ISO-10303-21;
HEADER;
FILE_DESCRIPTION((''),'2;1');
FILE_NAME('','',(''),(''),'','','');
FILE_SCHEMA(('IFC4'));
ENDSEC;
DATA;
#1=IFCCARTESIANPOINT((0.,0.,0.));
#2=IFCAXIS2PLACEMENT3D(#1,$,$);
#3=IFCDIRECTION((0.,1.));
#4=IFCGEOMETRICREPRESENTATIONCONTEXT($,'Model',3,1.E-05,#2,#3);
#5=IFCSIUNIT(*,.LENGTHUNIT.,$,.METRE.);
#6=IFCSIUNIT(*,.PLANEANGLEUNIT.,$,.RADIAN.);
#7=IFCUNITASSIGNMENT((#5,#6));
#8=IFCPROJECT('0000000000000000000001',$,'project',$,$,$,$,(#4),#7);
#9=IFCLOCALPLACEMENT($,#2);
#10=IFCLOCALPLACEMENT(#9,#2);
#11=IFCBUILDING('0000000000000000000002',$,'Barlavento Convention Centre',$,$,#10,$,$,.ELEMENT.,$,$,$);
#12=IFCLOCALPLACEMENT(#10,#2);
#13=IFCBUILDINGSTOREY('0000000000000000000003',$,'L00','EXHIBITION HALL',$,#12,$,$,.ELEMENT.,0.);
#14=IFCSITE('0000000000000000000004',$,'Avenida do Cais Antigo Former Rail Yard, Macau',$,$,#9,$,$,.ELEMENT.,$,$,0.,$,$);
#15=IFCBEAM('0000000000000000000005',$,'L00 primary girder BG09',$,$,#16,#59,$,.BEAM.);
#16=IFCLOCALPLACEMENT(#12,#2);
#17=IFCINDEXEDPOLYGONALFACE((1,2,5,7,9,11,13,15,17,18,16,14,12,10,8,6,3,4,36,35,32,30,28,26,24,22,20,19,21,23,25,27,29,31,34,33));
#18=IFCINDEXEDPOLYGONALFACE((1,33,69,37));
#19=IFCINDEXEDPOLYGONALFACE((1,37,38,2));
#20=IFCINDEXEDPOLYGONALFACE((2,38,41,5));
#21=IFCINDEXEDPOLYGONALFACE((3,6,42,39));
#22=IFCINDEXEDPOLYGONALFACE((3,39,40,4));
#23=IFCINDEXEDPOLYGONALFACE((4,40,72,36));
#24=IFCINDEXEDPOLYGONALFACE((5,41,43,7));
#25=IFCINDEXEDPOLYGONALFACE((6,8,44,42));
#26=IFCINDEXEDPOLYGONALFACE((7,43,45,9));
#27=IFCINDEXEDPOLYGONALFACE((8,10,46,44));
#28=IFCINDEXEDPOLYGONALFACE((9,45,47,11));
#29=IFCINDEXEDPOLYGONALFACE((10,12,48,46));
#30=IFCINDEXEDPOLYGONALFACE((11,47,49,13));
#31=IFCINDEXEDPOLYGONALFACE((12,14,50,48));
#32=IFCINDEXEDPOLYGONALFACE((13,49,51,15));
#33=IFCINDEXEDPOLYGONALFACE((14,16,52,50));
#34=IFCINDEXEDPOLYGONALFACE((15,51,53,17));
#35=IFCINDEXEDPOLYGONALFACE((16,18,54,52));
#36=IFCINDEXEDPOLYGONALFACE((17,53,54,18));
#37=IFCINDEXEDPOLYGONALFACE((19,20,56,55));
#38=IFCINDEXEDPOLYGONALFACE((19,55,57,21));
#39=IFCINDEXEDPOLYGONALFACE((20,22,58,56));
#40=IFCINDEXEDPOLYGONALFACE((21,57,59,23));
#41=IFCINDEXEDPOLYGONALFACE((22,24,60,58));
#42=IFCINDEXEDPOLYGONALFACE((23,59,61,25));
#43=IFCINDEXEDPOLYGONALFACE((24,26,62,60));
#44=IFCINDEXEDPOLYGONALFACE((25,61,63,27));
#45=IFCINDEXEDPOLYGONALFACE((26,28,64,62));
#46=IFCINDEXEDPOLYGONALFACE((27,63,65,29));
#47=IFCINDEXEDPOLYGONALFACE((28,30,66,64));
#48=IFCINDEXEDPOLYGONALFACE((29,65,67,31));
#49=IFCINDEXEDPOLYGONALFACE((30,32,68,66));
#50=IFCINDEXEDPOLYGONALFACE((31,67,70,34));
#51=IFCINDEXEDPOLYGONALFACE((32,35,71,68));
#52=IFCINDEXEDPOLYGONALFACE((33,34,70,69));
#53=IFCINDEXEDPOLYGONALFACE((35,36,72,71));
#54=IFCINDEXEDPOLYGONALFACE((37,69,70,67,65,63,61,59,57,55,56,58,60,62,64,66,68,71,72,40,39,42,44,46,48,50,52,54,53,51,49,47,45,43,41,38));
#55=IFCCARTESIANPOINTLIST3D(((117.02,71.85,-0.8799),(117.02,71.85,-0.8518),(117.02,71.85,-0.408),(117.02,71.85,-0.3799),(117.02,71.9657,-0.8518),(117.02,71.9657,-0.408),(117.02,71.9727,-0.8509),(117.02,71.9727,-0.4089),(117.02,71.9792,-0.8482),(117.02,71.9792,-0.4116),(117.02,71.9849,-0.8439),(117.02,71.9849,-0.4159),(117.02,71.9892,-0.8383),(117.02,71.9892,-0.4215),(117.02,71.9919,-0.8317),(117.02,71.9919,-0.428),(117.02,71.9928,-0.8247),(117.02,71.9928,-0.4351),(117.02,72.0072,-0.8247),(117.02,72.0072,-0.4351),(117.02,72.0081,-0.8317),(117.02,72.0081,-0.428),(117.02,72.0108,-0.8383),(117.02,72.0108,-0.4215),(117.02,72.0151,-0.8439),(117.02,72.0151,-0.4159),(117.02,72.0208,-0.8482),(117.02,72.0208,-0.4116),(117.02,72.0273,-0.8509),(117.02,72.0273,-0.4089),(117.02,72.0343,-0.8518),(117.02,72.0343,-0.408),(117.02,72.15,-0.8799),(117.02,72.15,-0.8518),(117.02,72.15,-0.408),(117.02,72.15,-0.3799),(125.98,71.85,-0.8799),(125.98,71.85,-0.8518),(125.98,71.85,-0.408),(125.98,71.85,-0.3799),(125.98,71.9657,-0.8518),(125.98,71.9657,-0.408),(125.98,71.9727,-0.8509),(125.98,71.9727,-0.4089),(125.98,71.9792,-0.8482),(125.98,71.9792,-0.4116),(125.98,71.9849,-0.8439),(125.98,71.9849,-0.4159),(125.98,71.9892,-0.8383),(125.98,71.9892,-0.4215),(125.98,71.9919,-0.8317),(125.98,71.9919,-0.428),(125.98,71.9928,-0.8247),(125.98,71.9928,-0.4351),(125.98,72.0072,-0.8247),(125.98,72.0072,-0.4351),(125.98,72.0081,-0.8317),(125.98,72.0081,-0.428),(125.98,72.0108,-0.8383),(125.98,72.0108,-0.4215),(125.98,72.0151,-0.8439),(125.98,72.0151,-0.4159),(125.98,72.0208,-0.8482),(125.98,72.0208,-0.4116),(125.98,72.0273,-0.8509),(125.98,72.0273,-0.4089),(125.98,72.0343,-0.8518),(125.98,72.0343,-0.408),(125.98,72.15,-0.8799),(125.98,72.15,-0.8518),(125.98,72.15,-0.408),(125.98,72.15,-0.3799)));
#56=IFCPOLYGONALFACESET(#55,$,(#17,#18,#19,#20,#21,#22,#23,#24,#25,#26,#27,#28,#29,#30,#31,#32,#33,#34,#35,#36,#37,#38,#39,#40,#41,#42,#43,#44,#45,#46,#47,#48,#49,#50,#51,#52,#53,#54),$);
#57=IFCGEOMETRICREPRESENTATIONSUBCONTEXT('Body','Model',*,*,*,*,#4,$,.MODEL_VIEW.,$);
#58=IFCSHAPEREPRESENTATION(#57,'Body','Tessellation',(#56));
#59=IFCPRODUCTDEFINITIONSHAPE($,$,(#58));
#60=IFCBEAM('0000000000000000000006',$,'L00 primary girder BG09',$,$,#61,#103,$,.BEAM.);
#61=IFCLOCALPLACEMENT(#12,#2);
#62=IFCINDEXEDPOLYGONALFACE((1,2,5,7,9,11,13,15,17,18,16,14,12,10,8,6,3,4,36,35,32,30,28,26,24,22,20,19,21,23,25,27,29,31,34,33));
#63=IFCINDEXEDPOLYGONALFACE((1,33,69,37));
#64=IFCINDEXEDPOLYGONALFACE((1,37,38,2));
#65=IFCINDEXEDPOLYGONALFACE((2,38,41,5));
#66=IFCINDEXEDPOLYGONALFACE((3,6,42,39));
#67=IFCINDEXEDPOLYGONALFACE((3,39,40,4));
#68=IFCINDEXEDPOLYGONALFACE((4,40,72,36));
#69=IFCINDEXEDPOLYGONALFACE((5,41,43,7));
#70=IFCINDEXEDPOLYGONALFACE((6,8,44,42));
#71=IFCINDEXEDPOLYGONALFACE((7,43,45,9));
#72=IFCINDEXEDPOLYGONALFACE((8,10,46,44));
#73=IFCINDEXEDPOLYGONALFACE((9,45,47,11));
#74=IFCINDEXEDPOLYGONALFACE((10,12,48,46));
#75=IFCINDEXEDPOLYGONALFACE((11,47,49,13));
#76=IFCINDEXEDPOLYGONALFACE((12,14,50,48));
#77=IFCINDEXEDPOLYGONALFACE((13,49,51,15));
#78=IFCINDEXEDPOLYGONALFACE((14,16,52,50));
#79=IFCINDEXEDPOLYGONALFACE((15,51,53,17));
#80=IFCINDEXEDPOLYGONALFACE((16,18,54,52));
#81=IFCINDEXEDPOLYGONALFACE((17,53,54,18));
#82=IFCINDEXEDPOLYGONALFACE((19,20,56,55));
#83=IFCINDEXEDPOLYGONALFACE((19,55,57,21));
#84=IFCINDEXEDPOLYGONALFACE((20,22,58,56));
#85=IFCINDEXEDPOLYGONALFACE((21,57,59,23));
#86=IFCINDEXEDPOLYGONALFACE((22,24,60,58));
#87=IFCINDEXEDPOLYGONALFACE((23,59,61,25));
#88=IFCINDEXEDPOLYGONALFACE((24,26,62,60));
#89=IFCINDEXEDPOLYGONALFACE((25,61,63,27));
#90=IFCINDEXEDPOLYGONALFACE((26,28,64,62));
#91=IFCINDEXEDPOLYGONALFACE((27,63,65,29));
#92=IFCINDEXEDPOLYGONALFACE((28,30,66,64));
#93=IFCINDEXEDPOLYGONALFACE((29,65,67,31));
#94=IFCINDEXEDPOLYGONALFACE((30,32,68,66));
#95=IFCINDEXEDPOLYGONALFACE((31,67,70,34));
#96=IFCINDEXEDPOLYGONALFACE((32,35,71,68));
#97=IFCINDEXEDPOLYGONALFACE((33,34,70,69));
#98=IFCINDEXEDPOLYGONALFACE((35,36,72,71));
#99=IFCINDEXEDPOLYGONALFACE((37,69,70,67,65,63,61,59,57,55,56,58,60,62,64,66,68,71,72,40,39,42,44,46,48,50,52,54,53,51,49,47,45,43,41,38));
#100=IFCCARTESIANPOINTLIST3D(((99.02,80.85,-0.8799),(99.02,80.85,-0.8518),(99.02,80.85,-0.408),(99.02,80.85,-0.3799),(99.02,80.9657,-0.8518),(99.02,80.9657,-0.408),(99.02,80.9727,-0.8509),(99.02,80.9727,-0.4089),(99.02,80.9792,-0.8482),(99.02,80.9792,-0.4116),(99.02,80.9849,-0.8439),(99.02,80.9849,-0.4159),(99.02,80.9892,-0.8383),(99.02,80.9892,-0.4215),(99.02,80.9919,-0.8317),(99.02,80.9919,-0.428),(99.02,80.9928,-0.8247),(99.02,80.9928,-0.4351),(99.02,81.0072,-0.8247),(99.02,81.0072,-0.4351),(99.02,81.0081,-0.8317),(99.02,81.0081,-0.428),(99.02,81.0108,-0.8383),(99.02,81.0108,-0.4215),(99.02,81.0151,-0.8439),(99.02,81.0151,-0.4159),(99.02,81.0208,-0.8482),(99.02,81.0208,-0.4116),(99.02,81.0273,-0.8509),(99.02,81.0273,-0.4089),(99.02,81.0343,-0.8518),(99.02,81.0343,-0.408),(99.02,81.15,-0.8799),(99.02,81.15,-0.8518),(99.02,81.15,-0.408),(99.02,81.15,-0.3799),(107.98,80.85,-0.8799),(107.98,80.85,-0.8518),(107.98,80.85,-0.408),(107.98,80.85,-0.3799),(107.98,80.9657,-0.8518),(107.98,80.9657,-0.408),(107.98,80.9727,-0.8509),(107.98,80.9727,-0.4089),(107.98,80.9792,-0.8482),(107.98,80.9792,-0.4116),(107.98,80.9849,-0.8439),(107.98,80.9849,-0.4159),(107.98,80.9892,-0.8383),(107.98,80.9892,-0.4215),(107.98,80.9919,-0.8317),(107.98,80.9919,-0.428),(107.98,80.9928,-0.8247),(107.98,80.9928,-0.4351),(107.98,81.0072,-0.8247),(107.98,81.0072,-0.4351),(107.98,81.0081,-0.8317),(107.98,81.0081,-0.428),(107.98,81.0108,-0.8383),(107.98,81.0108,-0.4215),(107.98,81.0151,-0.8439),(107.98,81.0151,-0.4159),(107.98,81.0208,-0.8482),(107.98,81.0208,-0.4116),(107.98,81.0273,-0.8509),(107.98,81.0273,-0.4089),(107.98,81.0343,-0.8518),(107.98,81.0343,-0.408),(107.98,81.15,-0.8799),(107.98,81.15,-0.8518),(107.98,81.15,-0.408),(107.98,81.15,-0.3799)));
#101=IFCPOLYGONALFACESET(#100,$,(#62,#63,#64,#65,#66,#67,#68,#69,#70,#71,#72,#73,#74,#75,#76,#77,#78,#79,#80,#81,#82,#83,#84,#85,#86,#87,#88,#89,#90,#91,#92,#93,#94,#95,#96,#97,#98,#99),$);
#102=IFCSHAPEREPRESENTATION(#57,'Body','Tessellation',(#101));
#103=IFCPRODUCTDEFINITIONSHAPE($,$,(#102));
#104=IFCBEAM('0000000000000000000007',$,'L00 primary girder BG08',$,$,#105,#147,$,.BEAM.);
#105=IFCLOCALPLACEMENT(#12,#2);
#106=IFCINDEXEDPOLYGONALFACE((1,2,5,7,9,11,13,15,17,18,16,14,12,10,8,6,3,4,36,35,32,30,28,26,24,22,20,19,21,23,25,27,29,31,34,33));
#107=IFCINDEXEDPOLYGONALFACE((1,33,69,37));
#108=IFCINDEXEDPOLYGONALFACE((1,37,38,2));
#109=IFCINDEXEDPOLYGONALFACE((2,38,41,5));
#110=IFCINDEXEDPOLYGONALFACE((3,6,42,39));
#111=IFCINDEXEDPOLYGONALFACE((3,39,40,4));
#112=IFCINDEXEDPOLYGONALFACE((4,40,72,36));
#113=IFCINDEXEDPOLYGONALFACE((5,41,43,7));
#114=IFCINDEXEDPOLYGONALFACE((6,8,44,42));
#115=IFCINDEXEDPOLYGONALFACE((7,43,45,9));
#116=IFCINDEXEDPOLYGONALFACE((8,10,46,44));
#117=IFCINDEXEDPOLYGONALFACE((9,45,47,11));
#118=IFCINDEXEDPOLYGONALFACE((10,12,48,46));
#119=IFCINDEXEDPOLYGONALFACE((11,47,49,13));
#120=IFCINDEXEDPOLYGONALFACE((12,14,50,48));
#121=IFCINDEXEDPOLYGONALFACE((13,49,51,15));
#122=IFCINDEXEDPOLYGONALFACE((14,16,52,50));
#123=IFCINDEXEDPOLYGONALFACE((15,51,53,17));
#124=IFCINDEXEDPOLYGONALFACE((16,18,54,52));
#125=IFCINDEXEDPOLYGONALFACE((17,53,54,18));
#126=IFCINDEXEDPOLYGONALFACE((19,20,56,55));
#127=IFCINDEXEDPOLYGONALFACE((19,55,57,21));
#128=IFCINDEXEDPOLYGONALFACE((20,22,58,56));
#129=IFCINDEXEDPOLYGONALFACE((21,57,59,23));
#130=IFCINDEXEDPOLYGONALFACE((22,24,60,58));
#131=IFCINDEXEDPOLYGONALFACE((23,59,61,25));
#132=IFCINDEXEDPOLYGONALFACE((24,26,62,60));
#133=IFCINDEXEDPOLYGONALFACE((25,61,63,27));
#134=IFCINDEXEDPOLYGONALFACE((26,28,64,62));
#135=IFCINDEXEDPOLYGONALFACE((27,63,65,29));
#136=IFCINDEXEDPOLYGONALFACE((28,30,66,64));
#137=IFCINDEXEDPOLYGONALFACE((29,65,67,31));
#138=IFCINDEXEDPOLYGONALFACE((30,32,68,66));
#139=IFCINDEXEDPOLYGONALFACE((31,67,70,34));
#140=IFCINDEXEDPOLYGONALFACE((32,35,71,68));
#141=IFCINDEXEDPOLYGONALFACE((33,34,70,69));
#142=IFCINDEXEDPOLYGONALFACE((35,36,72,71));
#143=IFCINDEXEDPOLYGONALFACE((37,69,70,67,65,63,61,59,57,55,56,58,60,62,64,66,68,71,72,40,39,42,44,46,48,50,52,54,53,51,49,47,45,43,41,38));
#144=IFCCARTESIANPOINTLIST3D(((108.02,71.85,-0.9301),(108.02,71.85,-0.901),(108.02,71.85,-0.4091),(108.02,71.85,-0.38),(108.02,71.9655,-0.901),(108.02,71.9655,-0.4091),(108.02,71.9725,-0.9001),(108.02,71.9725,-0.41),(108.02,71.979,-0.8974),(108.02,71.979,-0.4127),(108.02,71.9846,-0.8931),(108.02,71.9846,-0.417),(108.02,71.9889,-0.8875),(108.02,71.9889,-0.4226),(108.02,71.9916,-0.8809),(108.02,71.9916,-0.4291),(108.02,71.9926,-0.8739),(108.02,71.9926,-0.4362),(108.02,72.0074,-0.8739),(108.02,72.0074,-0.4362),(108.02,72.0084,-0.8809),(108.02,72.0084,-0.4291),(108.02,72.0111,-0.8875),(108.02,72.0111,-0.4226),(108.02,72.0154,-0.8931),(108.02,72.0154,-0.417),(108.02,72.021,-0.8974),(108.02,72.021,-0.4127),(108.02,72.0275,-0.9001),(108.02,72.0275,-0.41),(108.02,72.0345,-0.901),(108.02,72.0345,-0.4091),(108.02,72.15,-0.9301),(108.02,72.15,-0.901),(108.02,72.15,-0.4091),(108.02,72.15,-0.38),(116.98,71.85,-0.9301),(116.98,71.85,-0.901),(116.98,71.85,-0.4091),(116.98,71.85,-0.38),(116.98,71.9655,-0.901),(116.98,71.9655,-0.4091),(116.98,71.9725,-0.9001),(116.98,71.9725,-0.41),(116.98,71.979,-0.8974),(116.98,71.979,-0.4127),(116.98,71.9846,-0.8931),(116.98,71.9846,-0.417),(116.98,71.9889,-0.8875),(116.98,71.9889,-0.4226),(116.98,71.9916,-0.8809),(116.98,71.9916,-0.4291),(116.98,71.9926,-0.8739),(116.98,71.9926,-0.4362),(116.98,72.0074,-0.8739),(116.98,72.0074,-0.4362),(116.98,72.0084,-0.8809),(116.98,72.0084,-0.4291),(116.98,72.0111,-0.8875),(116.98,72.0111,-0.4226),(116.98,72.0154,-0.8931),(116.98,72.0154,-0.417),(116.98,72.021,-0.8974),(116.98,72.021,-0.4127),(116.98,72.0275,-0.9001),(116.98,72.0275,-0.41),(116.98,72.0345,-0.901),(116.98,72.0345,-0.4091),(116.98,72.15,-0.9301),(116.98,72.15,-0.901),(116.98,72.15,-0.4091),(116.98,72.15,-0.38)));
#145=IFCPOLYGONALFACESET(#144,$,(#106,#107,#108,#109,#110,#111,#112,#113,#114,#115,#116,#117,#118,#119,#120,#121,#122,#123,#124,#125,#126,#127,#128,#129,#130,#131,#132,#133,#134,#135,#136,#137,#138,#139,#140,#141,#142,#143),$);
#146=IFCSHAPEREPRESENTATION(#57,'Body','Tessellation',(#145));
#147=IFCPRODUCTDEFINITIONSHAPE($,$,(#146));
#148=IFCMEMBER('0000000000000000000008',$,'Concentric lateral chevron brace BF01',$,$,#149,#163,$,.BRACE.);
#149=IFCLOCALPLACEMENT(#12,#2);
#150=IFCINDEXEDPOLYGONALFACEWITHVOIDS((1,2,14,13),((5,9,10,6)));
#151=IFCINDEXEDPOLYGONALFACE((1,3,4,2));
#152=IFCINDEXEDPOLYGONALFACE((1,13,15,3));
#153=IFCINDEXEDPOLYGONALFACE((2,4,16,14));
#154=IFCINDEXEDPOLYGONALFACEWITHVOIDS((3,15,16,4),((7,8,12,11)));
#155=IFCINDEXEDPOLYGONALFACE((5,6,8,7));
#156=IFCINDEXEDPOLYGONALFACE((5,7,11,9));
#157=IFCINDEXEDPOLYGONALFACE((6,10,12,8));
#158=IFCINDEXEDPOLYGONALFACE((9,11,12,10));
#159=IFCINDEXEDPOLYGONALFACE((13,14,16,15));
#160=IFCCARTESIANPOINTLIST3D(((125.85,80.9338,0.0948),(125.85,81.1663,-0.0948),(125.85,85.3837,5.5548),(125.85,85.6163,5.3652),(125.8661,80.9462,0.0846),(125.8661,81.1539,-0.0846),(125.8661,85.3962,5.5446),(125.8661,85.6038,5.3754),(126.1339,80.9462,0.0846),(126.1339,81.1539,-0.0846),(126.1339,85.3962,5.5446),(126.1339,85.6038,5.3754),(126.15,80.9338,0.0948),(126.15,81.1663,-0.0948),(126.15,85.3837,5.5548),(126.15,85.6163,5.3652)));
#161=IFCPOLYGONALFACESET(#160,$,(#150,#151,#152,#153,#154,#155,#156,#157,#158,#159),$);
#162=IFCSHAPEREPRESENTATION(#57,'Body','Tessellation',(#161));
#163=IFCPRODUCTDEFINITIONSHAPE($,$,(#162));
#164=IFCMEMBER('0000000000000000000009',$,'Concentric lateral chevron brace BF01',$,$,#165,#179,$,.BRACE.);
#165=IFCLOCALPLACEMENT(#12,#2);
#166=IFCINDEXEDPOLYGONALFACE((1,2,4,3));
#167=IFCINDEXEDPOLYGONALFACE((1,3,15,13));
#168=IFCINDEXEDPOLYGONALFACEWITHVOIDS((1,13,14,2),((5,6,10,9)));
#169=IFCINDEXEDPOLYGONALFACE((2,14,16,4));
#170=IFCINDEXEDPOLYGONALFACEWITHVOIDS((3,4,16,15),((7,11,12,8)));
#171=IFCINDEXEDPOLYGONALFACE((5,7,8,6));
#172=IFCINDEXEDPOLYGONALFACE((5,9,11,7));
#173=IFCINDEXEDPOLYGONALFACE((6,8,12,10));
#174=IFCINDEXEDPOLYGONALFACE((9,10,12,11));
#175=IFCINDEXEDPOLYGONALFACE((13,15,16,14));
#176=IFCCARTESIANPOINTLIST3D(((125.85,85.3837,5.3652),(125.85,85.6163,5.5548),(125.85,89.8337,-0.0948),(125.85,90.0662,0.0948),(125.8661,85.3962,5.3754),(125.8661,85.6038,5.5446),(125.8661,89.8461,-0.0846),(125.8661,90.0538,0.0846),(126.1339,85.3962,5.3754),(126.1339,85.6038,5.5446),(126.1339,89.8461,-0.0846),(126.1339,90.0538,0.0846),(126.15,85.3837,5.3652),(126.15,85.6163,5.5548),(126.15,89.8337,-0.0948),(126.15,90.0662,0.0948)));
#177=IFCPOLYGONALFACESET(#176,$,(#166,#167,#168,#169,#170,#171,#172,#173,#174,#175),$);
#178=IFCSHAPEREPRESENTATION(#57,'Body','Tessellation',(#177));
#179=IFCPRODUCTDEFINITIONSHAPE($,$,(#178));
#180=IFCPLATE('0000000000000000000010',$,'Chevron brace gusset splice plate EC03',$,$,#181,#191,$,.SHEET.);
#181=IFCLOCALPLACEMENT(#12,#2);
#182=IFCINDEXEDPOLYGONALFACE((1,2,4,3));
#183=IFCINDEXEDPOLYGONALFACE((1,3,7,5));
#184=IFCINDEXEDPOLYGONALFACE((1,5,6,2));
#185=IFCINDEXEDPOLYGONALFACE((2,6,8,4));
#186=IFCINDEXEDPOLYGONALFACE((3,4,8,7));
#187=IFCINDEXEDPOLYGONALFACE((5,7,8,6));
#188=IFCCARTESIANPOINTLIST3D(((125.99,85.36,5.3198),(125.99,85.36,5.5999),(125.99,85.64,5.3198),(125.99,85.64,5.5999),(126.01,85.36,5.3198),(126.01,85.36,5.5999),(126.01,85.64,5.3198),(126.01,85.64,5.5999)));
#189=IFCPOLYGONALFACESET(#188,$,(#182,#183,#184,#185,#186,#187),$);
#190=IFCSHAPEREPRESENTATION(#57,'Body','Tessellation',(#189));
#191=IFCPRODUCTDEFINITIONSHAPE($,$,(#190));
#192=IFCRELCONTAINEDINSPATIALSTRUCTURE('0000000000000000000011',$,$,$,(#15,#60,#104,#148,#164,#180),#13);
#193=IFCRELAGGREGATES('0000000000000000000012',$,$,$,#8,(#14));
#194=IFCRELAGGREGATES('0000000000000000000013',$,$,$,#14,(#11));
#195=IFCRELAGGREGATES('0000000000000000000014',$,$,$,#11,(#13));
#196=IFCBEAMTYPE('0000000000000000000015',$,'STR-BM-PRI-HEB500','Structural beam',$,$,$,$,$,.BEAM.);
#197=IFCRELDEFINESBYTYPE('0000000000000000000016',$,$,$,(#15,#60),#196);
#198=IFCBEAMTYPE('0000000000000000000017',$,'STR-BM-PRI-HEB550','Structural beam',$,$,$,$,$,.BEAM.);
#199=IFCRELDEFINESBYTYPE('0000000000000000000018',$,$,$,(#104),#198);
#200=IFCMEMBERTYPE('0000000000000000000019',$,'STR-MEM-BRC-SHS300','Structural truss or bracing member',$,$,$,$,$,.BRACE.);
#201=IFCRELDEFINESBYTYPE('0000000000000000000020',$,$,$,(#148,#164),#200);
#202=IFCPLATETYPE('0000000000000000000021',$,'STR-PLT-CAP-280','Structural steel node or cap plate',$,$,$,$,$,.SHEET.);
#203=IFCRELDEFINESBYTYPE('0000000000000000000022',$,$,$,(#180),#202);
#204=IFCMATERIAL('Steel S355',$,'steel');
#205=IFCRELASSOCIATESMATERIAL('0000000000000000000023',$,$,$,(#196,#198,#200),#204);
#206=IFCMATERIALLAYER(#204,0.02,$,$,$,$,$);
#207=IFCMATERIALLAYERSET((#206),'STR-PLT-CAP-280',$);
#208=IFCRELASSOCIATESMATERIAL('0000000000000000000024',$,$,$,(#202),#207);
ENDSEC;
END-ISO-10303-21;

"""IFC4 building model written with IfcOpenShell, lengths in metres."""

from ifc_helpers import new_model, si_unit, direction, frame, origin, origin_2d, place, context, subcontext, project, spatial, rectangle, hollow_rectangle, i_section, extrude, material, layer, layer_set, material_profile, profile_set, type_object, element, save


model = new_model("IFC4")

# Units and contexts
model_context = context("Model", 3, precision=1e-05, world=origin(), true_north=direction((0.0, 1.0)))
body_context = subcontext(model_context, "Body", "Model", "MODEL_VIEW")
ifc_project = project(units=[si_unit("LENGTHUNIT", "METRE"), si_unit("PLANEANGLEUNIT", "RADIAN")], contexts=[model_context])

# Site, building, storey
site_placement = place(None, origin())
site = spatial("IfcSite", under=ifc_project, at=site_placement, Name="Avenida do Cais Antigo Former Rail Yard, Macau", CompositionType="ELEMENT", RefElevation=0.0)
building_placement = place(site_placement, origin())
building = spatial("IfcBuilding", under=site, at=building_placement, Name="Barlavento Convention Centre", CompositionType="ELEMENT")
storey_placement = place(building_placement, origin())
storey = spatial("IfcBuildingStorey", under=building, at=storey_placement, Name="L00", Description="EXHIBITION HALL", CompositionType="ELEMENT", Elevation=0.0)

# Beams
ifc_material_1 = material(Name="Steel S355", Category="steel")
ifc_material_profile_1 = material_profile(ifc_material_1, i_section(OverallWidth=0.3, OverallDepth=0.5, WebThickness=0.0144, FlangeThickness=0.0281, FilletRadius=0.0271, at=origin_2d()), Name="HEB 500")
ifc_profile_set_1 = profile_set([ifc_material_profile_1], Name="Steel S355")
beam_type_1 = type_object("IfcBeamType", Name="STR-BM-PRI-HEB500", Description="Structural beam", PredefinedType="BEAM", material=ifc_profile_set_1)
for number, where, z_axis, x_axis, name in (
    (1, (117.02, 72.0, -0.6299), (1.0, 0.0, 0.0), (0.0, 1.0, 0.0), "L00 primary girder BG09"),
    (2, (99.02, 81.0, -0.6299), (1.0, 0.0, 0.0), (0.0, 1.0, 0.0), "L00 primary girder BG09"),
):
    element("IfcBeam", number, at=place(storey_placement, frame(where, z_axis=z_axis, x_axis=x_axis)), inside=storey, type_object=beam_type_1, Name=name, PredefinedType="BEAM", context=body_context, shape_type="SweptSolid", body=[
        extrude(i_section(OverallWidth=0.3, OverallDepth=0.5, WebThickness=0.0144, FlangeThickness=0.0281, FilletRadius=0.0271, at=origin_2d()), origin(), (0.0, 0.0, 1.0), 8.96),
    ])
ifc_material_profile_2 = material_profile(ifc_material_1, i_section(OverallWidth=0.3, OverallDepth=0.55, WebThickness=0.0149, FlangeThickness=0.0291, FilletRadius=0.0271, at=origin_2d()), Name="HEB 550")
ifc_profile_set_2 = profile_set([ifc_material_profile_2], Name="Steel S355")
beam_type_2 = type_object("IfcBeamType", Name="STR-BM-PRI-HEB550", Description="Structural beam", PredefinedType="BEAM", material=ifc_profile_set_2)
beam_1_placement = place(storey_placement, frame((108.02, 72.0, -0.655), z_axis=(1.0, 0.0, 0.0), x_axis=(0.0, 1.0, 0.0)))
element("IfcBeam", 3, at=beam_1_placement, inside=storey, type_object=beam_type_2, Name="L00 primary girder BG08", PredefinedType="BEAM", context=body_context, shape_type="SweptSolid", body=[
    extrude(i_section(OverallWidth=0.3, OverallDepth=0.55, WebThickness=0.0149, FlangeThickness=0.0291, FilletRadius=0.0271, at=origin_2d()), origin(), (0.0, 0.0, 1.0), 8.96),
])

# Members
ifc_material_profile_3 = material_profile(ifc_material_1, hollow_rectangle(XDim=0.3, YDim=0.3, WallThickness=0.0161, at=origin_2d()), Name="SHS 300x300x16.0")
ifc_profile_set_3 = profile_set([ifc_material_profile_3], Name="Steel S355")
member_type = type_object("IfcMemberType", Name="STR-MEM-BRC-SHS300", Description="Structural truss or bracing member", PredefinedType="BRACE", material=ifc_profile_set_3)
for number, where, z_axis, x_axis, name in (
    (4, (126.0, 81.05, 0.0), (0.0, 0.631766, 0.775159), (-1.0, 0.0, 0.0), "Concentric lateral chevron brace BF01"),
    (5, (126.0, 89.95, 0.0), (0.0, -0.631766, 0.775159), (1.0, 0.0, 0.0), "Concentric lateral chevron brace BF01"),
):
    element("IfcMember", number, at=place(storey_placement, frame(where, z_axis=z_axis, x_axis=x_axis)), inside=storey, type_object=member_type, Name=name, PredefinedType="BRACE", context=body_context, shape_type="SweptSolid", body=[
        extrude(hollow_rectangle(XDim=0.3, YDim=0.3, WallThickness=0.0161, at=origin_2d()), origin(), (0.0, 0.0, 1.0), 7.0437),
    ])

# Plate
ifc_layer = layer(ifc_material_1, 0.02)
ifc_layer_set = layer_set([ifc_layer], Name="STR-PLT-CAP-280")
plate_type = type_object("IfcPlateType", Name="STR-PLT-CAP-280", Description="Structural steel node or cap plate", PredefinedType="SHEET", material=ifc_layer_set)
plate_placement = place(storey_placement, frame((126.0, 85.5, 5.3198), z_axis=(0.0, 0.0, 1.0), x_axis=(1.0, 0.0, 0.0)))
element("IfcPlate", 6, at=plate_placement, inside=storey, type_object=plate_type, Name="Chevron brace gusset splice plate EC03", PredefinedType="SHEET", context=body_context, shape_type="SweptSolid", body=[
    extrude(rectangle(XDim=0.02, YDim=0.28, at=origin_2d()), origin(), (0.0, 0.0, 1.0), 0.28),
])

save(model, "model.ifc")
